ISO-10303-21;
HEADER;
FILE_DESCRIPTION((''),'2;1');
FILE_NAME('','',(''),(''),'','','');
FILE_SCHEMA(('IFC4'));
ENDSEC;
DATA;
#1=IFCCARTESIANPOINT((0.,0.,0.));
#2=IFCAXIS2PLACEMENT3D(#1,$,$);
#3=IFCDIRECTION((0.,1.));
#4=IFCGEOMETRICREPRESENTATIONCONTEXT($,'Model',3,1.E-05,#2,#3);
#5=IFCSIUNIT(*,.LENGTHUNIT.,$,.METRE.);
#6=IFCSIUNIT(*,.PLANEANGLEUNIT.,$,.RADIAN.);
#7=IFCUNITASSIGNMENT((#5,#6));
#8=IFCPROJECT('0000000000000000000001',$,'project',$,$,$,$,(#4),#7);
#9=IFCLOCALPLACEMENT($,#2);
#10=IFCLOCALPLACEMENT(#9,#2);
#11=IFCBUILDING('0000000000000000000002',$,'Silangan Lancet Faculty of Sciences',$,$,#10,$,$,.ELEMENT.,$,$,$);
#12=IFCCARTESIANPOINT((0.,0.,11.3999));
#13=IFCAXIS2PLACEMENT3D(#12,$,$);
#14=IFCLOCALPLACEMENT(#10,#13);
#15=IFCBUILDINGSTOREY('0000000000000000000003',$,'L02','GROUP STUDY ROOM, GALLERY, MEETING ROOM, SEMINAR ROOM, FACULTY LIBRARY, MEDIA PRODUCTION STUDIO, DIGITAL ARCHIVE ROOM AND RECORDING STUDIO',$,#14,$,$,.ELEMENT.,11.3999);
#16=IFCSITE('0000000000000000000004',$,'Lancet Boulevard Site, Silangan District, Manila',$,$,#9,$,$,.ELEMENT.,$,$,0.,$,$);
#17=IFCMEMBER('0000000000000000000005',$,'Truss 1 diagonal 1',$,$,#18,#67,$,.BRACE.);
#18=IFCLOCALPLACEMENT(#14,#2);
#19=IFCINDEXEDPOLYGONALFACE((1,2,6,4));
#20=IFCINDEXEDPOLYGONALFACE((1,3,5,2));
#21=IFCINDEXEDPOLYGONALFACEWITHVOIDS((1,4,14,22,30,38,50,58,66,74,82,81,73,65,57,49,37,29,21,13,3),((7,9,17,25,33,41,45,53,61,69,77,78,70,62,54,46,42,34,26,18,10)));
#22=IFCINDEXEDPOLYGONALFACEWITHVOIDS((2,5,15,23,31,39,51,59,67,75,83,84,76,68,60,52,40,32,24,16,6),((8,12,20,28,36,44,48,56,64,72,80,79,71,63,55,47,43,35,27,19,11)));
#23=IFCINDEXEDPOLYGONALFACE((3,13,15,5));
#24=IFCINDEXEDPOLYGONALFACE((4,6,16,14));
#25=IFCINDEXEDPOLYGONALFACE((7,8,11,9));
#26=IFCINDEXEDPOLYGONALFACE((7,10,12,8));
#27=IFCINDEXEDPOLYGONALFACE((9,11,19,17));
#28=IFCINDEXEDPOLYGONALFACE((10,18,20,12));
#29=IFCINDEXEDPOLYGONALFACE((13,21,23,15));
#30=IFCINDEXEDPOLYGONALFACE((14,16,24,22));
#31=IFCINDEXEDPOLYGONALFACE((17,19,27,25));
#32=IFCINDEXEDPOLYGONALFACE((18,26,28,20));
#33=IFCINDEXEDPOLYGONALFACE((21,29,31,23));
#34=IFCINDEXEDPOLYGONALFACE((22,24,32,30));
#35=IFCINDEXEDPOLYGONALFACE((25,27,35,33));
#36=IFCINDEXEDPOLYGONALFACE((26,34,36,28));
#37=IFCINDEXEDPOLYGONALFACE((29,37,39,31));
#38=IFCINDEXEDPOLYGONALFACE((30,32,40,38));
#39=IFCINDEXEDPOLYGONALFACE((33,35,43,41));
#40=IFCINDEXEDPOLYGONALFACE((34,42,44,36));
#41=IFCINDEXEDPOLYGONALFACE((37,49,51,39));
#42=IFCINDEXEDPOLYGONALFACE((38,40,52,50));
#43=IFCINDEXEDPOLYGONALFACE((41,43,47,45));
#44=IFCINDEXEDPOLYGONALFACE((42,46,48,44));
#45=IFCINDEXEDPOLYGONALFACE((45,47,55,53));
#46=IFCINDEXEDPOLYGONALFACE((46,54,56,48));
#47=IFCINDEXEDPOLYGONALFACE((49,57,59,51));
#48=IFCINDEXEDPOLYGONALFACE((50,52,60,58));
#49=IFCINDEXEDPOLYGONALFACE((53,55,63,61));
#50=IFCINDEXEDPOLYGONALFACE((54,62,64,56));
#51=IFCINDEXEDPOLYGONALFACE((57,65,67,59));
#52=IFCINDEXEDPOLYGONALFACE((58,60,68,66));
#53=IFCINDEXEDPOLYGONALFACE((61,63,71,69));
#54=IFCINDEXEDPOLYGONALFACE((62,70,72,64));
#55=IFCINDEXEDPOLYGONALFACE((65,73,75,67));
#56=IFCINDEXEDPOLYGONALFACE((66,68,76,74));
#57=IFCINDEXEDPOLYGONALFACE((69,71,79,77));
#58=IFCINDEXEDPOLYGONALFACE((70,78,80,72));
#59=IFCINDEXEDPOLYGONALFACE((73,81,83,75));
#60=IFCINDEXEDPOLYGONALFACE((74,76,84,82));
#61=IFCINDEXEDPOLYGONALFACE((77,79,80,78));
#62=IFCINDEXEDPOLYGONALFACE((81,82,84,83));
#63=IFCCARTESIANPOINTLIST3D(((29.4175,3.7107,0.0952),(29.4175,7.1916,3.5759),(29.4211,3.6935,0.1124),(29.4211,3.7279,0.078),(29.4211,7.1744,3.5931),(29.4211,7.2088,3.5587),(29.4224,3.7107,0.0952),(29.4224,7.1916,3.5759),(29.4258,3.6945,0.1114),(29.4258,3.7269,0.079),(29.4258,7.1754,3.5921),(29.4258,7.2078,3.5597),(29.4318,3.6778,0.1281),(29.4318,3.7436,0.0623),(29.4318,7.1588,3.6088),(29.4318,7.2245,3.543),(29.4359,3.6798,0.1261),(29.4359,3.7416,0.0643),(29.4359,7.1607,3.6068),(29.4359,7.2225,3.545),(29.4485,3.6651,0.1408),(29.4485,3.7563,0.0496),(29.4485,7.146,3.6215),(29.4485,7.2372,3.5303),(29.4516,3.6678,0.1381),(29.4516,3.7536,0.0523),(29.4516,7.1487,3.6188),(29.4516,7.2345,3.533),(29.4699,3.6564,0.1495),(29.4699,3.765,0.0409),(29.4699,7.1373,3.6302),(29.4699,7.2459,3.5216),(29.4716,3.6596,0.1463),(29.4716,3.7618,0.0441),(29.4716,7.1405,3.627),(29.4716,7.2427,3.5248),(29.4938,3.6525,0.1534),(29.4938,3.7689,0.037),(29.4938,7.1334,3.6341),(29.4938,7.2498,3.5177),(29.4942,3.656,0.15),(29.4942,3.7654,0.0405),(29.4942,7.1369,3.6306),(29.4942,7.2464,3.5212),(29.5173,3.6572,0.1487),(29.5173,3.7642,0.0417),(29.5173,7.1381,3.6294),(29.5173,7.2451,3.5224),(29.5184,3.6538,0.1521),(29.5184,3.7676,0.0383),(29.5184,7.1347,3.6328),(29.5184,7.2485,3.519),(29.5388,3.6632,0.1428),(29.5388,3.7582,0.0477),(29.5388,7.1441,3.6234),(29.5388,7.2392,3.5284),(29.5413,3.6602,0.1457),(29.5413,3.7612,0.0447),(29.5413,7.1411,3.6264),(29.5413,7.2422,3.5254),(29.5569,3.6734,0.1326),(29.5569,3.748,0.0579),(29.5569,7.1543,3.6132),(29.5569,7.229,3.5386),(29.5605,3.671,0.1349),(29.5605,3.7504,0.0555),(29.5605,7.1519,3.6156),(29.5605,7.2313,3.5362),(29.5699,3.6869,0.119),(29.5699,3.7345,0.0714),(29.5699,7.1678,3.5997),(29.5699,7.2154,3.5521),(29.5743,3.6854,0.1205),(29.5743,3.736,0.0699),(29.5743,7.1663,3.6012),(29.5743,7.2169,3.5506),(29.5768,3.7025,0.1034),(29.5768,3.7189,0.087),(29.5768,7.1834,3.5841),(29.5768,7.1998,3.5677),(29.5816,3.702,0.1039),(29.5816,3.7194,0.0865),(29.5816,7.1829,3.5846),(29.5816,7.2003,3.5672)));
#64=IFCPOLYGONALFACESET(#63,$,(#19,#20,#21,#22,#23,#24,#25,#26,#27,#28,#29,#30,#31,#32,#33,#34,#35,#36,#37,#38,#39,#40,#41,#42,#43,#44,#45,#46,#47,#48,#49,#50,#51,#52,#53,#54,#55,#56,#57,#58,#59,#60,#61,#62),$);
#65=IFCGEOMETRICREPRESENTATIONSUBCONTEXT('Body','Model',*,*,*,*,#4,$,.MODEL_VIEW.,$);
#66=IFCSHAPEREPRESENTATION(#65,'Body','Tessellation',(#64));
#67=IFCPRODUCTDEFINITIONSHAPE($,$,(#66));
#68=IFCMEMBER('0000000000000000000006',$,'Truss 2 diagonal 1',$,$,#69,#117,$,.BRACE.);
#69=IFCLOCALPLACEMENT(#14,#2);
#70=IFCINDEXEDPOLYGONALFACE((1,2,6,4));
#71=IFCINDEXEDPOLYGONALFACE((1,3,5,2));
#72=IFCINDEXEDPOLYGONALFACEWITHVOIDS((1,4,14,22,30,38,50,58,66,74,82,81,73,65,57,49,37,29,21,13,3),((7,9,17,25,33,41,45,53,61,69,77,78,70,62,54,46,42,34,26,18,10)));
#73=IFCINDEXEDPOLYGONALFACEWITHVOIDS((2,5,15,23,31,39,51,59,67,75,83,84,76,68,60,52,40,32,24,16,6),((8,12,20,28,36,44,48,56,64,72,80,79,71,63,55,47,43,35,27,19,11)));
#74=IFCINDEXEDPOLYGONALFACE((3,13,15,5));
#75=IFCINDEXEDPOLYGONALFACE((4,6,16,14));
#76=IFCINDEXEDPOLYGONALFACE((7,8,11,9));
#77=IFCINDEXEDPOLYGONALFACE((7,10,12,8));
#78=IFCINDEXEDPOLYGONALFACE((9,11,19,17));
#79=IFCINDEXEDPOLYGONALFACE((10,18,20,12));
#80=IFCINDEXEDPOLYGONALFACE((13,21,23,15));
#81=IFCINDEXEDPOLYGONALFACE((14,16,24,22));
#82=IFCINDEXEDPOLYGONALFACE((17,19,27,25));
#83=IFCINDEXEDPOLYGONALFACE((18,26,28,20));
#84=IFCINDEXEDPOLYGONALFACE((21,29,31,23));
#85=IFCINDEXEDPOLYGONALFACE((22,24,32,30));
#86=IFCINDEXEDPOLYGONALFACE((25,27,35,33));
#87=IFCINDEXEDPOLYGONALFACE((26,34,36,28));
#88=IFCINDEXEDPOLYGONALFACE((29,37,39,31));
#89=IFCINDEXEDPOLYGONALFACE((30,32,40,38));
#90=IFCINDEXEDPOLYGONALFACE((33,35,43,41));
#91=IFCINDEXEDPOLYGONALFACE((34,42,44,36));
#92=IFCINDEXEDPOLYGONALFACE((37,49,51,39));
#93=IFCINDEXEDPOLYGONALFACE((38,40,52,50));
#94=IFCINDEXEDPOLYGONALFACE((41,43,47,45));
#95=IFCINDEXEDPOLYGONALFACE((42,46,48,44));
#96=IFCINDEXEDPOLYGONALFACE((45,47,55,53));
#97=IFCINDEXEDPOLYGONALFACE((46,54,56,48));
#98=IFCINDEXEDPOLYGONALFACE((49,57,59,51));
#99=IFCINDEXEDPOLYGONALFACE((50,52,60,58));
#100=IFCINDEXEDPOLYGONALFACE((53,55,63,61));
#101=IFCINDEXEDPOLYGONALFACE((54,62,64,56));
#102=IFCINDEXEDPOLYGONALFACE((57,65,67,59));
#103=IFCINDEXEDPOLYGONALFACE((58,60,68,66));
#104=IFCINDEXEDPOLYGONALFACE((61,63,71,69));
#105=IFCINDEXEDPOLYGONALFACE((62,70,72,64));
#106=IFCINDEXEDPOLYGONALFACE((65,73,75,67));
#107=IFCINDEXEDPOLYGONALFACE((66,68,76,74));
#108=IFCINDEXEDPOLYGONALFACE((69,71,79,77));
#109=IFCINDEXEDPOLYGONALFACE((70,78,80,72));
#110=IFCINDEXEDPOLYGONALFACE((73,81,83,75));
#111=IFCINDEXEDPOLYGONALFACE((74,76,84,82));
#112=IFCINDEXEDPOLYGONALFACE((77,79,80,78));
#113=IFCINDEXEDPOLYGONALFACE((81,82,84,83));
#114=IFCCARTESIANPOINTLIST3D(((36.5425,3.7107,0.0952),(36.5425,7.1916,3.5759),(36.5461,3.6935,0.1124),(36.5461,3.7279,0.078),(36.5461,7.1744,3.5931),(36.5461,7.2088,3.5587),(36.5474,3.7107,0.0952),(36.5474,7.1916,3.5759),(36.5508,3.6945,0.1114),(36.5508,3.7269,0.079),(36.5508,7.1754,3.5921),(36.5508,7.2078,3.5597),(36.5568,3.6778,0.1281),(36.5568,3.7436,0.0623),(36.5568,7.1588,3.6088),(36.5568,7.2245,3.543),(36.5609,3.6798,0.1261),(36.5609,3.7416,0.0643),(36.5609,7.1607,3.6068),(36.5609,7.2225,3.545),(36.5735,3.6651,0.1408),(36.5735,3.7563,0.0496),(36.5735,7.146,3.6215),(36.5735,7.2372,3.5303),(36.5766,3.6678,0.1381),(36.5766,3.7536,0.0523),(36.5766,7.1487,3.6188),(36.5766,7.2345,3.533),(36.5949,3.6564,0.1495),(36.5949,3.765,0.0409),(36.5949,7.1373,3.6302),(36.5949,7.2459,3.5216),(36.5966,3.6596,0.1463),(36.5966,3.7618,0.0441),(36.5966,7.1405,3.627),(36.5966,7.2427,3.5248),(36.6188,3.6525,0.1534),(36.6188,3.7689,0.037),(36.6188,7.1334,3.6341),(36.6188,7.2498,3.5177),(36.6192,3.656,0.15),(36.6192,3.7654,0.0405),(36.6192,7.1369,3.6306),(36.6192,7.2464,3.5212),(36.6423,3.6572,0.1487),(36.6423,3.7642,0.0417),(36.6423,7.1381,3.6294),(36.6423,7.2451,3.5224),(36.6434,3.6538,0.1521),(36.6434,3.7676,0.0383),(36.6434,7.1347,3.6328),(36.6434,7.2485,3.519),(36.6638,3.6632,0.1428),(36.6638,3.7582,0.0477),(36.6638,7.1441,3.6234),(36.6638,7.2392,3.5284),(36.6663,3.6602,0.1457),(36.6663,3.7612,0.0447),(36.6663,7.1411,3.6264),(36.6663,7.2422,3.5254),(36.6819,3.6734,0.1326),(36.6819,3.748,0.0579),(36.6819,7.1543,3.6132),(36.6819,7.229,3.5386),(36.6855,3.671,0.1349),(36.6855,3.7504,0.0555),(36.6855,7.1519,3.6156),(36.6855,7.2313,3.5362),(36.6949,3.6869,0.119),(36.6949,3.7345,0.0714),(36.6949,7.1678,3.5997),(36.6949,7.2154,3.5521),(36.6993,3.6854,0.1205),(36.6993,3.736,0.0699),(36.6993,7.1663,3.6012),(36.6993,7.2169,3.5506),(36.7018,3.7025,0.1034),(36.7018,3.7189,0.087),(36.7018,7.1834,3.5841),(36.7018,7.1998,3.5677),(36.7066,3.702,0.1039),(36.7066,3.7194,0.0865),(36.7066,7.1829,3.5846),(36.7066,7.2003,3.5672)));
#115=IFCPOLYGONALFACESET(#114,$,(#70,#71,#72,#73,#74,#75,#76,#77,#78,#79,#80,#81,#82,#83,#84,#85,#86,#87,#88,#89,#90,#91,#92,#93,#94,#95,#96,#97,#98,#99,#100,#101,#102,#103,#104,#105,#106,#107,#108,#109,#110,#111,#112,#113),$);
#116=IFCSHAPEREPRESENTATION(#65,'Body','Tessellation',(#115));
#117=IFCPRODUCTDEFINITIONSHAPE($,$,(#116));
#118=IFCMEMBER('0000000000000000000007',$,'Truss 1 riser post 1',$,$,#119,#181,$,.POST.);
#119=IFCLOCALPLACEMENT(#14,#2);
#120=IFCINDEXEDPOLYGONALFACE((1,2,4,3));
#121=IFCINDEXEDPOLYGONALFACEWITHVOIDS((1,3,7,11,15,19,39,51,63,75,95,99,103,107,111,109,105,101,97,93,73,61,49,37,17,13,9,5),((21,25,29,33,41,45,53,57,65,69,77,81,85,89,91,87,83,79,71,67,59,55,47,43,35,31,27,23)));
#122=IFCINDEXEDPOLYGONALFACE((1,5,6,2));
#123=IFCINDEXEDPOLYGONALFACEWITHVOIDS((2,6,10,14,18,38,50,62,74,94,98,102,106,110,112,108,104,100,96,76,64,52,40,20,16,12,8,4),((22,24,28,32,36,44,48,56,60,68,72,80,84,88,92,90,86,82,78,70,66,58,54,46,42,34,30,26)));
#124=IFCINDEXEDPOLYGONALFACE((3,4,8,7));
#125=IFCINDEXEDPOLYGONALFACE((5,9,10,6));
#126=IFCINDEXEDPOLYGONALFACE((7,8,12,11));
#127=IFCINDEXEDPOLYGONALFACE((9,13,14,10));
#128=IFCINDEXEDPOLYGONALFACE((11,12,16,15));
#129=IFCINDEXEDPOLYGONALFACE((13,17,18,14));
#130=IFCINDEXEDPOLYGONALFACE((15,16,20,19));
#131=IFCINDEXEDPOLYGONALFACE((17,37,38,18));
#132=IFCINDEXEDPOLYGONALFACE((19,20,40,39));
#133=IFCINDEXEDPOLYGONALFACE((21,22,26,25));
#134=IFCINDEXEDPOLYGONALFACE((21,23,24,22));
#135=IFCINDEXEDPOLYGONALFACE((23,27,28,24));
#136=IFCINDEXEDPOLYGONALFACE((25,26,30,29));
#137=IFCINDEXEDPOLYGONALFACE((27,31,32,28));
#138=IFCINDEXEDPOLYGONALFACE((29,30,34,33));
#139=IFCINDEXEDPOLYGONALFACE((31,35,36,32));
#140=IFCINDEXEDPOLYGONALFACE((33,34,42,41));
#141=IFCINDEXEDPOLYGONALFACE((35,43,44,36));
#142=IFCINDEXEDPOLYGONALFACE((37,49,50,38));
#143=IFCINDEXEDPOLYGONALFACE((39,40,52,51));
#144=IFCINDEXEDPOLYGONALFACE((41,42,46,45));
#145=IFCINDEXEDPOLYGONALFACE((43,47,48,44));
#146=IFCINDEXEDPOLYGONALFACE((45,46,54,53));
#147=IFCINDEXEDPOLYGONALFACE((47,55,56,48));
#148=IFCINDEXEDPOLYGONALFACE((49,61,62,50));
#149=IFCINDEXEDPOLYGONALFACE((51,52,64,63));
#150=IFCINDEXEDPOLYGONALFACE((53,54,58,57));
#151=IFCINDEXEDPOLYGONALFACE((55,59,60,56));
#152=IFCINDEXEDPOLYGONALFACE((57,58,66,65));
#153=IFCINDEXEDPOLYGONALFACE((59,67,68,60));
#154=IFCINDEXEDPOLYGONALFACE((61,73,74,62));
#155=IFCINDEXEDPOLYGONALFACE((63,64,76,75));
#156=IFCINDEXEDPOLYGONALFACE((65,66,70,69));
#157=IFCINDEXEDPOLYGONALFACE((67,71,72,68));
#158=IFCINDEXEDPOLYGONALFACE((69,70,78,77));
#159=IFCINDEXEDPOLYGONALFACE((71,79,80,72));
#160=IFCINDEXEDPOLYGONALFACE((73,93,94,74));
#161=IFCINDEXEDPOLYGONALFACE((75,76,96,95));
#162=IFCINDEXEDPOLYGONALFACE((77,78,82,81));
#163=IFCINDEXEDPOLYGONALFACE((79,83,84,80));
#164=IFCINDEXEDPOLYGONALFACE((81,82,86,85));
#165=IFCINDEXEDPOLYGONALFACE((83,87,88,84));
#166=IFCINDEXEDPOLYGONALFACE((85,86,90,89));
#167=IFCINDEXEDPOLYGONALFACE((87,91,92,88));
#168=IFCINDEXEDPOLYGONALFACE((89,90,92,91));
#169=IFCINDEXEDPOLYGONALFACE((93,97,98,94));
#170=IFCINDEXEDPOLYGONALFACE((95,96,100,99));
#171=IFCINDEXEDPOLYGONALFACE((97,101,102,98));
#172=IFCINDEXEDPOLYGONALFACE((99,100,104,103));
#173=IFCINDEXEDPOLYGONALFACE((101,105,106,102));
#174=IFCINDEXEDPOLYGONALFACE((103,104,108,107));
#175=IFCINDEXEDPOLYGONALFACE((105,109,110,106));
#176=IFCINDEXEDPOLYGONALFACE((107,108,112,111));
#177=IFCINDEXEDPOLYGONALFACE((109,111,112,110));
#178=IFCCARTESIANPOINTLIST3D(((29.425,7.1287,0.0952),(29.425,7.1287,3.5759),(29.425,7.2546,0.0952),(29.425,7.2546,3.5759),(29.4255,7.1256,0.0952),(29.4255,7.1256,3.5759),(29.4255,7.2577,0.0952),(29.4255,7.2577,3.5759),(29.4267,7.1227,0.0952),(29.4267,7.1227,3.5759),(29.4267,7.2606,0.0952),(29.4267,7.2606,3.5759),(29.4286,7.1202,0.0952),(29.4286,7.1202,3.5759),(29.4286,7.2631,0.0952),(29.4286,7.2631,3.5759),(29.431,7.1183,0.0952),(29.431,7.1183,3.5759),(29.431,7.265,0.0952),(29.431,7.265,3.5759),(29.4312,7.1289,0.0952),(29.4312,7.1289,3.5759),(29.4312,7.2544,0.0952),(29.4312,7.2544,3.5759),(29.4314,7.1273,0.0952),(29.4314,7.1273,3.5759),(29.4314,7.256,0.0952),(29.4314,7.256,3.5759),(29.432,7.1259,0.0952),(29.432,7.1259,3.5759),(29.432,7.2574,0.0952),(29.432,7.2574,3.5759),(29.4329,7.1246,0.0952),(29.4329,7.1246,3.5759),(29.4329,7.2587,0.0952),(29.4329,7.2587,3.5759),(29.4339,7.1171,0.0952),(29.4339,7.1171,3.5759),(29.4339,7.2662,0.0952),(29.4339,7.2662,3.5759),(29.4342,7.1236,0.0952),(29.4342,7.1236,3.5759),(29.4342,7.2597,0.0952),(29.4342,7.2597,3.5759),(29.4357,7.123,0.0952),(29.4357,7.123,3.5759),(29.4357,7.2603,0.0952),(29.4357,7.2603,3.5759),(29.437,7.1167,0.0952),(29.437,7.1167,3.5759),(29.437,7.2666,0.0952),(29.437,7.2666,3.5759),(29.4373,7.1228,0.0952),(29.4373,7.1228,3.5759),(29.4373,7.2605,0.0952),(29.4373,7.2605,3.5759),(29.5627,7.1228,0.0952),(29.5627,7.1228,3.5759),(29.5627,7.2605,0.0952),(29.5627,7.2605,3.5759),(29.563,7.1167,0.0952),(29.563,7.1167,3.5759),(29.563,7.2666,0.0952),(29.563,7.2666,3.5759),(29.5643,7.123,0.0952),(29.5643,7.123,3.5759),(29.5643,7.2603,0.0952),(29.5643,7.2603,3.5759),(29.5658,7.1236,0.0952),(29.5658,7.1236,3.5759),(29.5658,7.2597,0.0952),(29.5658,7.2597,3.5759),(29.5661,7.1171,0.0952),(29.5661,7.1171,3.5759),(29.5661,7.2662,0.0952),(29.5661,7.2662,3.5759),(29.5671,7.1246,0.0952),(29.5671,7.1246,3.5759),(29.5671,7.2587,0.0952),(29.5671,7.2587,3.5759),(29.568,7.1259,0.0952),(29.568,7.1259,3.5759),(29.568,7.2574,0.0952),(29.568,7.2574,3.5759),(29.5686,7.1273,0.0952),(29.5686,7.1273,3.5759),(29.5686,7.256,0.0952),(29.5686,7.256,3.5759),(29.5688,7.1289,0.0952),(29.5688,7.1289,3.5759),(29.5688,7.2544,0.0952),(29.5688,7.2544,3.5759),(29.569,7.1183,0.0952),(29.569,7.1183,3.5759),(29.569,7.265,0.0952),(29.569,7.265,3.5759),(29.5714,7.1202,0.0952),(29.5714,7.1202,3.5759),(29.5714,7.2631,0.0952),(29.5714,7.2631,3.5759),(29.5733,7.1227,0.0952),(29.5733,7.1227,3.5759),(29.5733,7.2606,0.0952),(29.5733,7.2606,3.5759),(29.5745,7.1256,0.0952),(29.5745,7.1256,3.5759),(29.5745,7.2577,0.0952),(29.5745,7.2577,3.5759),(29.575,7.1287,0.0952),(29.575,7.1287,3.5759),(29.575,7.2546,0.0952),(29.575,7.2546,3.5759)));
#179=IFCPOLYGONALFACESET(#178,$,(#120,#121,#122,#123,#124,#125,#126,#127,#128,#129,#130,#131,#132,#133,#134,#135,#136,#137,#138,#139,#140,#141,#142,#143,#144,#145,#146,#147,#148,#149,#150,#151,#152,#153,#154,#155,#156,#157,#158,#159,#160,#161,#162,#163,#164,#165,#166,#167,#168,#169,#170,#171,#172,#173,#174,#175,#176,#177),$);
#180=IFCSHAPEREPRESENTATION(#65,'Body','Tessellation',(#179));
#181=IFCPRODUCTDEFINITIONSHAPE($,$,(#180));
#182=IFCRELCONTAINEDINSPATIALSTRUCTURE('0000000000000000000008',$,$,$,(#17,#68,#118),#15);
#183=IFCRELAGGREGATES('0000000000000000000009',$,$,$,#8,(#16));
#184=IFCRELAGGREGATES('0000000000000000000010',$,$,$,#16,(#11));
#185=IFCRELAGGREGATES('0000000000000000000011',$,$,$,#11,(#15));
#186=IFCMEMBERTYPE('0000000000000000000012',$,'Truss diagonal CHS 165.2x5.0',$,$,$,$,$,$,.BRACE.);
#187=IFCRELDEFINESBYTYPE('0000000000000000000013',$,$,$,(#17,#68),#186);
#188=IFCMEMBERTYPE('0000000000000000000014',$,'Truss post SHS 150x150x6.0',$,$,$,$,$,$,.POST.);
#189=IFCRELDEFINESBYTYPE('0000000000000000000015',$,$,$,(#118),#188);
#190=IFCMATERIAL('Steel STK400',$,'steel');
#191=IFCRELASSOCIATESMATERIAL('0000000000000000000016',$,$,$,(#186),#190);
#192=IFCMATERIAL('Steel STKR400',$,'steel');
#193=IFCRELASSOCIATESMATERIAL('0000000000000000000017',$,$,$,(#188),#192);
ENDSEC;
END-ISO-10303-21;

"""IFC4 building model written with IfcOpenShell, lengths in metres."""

from ifc_helpers import new_model, si_unit, direction, frame, origin, origin_2d, place, context, subcontext, project, spatial, hollow_rectangle, hollow_circle, extrude, material, material_profile, profile_set, type_object, element, save


model = new_model("IFC4")

# Units and contexts
model_context = context("Model", 3, precision=1e-05, world=origin(), true_north=direction((0.0, 1.0)))
body_context = subcontext(model_context, "Body", "Model", "MODEL_VIEW")
ifc_project = project(units=[si_unit("LENGTHUNIT", "METRE"), si_unit("PLANEANGLEUNIT", "RADIAN")], contexts=[model_context])

# Site, building, storey
site_placement = place(None, origin())
site = spatial("IfcSite", under=ifc_project, at=site_placement, Name="Lancet Boulevard Site, Silangan District, Manila", CompositionType="ELEMENT", RefElevation=0.0)
building_placement = place(site_placement, origin())
building = spatial("IfcBuilding", under=site, at=building_placement, Name="Silangan Lancet Faculty of Sciences", CompositionType="ELEMENT")
storey_placement = place(building_placement, frame((0.0, 0.0, 11.3999)))
storey = spatial("IfcBuildingStorey", under=building, at=storey_placement, Name="L02", Description="GROUP STUDY ROOM, GALLERY, MEETING ROOM, SEMINAR ROOM, FACULTY LIBRARY, MEDIA PRODUCTION STUDIO, DIGITAL ARCHIVE ROOM AND RECORDING STUDIO", CompositionType="ELEMENT", Elevation=11.3999)

# Members
ifc_material_1 = material(Name="Steel STK400", Category="steel")
ifc_material_profile_1 = material_profile(ifc_material_1, hollow_circle(Radius=0.0825, WallThickness=0.0049, at=origin_2d()), Name="CHS 165.2x5.0")
ifc_profile_set_1 = profile_set([ifc_material_profile_1], Name="Steel STK400")
member_type_1 = type_object("IfcMemberType", Name="Truss diagonal CHS 165.2x5.0", PredefinedType="BRACE", material=ifc_profile_set_1)
for number, where, z_axis, x_axis, name in (
    (1, (29.5, 3.7107, 0.0952), (0.0, 0.707132, 0.707082), (-1.0, 0.0, 0.0), "Truss 1 diagonal 1"),
    (2, (36.625, 3.7107, 0.0952), (0.0, 0.707132, 0.707082), (-1.0, 0.0, 0.0), "Truss 2 diagonal 1"),
):
    element("IfcMember", number, at=place(storey_placement, frame(where, z_axis=z_axis, x_axis=x_axis)), inside=storey, type_object=member_type_1, Name=name, PredefinedType="BRACE", context=body_context, shape_type="SweptSolid", body=[
        extrude(hollow_circle(Radius=0.0825, WallThickness=0.0049, at=origin_2d()), origin(), (0.0, 0.0, 1.0), 4.9226),
    ])
ifc_material_2 = material(Name="Steel STKR400", Category="steel")
ifc_material_profile_2 = material_profile(ifc_material_2, hollow_rectangle(XDim=0.1499, YDim=0.1499, WallThickness=0.0061, InnerFilletRadius=0.0061, OuterFilletRadius=0.012, at=origin_2d()), Name="SHS 150x150x6.0")
ifc_profile_set_2 = profile_set([ifc_material_profile_2], Name="Steel STKR400")
member_type_2 = type_object("IfcMemberType", Name="Truss post SHS 150x150x6.0", PredefinedType="POST", material=ifc_profile_set_2)
member_1_placement = place(storey_placement, frame((29.5, 7.1917, 0.0952), z_axis=(0.0, 0.0, 1.0), x_axis=(1.0, 0.0, 0.0)))
element("IfcMember", 3, at=member_1_placement, inside=storey, type_object=member_type_2, Name="Truss 1 riser post 1", PredefinedType="POST", context=body_context, shape_type="SweptSolid", body=[
    extrude(hollow_rectangle(XDim=0.1499, YDim=0.1499, WallThickness=0.0061, InnerFilletRadius=0.0061, OuterFilletRadius=0.012, at=origin_2d()), origin(), (0.0, 0.0, 1.0), 3.4807),
])

save(model, "model.ifc")
